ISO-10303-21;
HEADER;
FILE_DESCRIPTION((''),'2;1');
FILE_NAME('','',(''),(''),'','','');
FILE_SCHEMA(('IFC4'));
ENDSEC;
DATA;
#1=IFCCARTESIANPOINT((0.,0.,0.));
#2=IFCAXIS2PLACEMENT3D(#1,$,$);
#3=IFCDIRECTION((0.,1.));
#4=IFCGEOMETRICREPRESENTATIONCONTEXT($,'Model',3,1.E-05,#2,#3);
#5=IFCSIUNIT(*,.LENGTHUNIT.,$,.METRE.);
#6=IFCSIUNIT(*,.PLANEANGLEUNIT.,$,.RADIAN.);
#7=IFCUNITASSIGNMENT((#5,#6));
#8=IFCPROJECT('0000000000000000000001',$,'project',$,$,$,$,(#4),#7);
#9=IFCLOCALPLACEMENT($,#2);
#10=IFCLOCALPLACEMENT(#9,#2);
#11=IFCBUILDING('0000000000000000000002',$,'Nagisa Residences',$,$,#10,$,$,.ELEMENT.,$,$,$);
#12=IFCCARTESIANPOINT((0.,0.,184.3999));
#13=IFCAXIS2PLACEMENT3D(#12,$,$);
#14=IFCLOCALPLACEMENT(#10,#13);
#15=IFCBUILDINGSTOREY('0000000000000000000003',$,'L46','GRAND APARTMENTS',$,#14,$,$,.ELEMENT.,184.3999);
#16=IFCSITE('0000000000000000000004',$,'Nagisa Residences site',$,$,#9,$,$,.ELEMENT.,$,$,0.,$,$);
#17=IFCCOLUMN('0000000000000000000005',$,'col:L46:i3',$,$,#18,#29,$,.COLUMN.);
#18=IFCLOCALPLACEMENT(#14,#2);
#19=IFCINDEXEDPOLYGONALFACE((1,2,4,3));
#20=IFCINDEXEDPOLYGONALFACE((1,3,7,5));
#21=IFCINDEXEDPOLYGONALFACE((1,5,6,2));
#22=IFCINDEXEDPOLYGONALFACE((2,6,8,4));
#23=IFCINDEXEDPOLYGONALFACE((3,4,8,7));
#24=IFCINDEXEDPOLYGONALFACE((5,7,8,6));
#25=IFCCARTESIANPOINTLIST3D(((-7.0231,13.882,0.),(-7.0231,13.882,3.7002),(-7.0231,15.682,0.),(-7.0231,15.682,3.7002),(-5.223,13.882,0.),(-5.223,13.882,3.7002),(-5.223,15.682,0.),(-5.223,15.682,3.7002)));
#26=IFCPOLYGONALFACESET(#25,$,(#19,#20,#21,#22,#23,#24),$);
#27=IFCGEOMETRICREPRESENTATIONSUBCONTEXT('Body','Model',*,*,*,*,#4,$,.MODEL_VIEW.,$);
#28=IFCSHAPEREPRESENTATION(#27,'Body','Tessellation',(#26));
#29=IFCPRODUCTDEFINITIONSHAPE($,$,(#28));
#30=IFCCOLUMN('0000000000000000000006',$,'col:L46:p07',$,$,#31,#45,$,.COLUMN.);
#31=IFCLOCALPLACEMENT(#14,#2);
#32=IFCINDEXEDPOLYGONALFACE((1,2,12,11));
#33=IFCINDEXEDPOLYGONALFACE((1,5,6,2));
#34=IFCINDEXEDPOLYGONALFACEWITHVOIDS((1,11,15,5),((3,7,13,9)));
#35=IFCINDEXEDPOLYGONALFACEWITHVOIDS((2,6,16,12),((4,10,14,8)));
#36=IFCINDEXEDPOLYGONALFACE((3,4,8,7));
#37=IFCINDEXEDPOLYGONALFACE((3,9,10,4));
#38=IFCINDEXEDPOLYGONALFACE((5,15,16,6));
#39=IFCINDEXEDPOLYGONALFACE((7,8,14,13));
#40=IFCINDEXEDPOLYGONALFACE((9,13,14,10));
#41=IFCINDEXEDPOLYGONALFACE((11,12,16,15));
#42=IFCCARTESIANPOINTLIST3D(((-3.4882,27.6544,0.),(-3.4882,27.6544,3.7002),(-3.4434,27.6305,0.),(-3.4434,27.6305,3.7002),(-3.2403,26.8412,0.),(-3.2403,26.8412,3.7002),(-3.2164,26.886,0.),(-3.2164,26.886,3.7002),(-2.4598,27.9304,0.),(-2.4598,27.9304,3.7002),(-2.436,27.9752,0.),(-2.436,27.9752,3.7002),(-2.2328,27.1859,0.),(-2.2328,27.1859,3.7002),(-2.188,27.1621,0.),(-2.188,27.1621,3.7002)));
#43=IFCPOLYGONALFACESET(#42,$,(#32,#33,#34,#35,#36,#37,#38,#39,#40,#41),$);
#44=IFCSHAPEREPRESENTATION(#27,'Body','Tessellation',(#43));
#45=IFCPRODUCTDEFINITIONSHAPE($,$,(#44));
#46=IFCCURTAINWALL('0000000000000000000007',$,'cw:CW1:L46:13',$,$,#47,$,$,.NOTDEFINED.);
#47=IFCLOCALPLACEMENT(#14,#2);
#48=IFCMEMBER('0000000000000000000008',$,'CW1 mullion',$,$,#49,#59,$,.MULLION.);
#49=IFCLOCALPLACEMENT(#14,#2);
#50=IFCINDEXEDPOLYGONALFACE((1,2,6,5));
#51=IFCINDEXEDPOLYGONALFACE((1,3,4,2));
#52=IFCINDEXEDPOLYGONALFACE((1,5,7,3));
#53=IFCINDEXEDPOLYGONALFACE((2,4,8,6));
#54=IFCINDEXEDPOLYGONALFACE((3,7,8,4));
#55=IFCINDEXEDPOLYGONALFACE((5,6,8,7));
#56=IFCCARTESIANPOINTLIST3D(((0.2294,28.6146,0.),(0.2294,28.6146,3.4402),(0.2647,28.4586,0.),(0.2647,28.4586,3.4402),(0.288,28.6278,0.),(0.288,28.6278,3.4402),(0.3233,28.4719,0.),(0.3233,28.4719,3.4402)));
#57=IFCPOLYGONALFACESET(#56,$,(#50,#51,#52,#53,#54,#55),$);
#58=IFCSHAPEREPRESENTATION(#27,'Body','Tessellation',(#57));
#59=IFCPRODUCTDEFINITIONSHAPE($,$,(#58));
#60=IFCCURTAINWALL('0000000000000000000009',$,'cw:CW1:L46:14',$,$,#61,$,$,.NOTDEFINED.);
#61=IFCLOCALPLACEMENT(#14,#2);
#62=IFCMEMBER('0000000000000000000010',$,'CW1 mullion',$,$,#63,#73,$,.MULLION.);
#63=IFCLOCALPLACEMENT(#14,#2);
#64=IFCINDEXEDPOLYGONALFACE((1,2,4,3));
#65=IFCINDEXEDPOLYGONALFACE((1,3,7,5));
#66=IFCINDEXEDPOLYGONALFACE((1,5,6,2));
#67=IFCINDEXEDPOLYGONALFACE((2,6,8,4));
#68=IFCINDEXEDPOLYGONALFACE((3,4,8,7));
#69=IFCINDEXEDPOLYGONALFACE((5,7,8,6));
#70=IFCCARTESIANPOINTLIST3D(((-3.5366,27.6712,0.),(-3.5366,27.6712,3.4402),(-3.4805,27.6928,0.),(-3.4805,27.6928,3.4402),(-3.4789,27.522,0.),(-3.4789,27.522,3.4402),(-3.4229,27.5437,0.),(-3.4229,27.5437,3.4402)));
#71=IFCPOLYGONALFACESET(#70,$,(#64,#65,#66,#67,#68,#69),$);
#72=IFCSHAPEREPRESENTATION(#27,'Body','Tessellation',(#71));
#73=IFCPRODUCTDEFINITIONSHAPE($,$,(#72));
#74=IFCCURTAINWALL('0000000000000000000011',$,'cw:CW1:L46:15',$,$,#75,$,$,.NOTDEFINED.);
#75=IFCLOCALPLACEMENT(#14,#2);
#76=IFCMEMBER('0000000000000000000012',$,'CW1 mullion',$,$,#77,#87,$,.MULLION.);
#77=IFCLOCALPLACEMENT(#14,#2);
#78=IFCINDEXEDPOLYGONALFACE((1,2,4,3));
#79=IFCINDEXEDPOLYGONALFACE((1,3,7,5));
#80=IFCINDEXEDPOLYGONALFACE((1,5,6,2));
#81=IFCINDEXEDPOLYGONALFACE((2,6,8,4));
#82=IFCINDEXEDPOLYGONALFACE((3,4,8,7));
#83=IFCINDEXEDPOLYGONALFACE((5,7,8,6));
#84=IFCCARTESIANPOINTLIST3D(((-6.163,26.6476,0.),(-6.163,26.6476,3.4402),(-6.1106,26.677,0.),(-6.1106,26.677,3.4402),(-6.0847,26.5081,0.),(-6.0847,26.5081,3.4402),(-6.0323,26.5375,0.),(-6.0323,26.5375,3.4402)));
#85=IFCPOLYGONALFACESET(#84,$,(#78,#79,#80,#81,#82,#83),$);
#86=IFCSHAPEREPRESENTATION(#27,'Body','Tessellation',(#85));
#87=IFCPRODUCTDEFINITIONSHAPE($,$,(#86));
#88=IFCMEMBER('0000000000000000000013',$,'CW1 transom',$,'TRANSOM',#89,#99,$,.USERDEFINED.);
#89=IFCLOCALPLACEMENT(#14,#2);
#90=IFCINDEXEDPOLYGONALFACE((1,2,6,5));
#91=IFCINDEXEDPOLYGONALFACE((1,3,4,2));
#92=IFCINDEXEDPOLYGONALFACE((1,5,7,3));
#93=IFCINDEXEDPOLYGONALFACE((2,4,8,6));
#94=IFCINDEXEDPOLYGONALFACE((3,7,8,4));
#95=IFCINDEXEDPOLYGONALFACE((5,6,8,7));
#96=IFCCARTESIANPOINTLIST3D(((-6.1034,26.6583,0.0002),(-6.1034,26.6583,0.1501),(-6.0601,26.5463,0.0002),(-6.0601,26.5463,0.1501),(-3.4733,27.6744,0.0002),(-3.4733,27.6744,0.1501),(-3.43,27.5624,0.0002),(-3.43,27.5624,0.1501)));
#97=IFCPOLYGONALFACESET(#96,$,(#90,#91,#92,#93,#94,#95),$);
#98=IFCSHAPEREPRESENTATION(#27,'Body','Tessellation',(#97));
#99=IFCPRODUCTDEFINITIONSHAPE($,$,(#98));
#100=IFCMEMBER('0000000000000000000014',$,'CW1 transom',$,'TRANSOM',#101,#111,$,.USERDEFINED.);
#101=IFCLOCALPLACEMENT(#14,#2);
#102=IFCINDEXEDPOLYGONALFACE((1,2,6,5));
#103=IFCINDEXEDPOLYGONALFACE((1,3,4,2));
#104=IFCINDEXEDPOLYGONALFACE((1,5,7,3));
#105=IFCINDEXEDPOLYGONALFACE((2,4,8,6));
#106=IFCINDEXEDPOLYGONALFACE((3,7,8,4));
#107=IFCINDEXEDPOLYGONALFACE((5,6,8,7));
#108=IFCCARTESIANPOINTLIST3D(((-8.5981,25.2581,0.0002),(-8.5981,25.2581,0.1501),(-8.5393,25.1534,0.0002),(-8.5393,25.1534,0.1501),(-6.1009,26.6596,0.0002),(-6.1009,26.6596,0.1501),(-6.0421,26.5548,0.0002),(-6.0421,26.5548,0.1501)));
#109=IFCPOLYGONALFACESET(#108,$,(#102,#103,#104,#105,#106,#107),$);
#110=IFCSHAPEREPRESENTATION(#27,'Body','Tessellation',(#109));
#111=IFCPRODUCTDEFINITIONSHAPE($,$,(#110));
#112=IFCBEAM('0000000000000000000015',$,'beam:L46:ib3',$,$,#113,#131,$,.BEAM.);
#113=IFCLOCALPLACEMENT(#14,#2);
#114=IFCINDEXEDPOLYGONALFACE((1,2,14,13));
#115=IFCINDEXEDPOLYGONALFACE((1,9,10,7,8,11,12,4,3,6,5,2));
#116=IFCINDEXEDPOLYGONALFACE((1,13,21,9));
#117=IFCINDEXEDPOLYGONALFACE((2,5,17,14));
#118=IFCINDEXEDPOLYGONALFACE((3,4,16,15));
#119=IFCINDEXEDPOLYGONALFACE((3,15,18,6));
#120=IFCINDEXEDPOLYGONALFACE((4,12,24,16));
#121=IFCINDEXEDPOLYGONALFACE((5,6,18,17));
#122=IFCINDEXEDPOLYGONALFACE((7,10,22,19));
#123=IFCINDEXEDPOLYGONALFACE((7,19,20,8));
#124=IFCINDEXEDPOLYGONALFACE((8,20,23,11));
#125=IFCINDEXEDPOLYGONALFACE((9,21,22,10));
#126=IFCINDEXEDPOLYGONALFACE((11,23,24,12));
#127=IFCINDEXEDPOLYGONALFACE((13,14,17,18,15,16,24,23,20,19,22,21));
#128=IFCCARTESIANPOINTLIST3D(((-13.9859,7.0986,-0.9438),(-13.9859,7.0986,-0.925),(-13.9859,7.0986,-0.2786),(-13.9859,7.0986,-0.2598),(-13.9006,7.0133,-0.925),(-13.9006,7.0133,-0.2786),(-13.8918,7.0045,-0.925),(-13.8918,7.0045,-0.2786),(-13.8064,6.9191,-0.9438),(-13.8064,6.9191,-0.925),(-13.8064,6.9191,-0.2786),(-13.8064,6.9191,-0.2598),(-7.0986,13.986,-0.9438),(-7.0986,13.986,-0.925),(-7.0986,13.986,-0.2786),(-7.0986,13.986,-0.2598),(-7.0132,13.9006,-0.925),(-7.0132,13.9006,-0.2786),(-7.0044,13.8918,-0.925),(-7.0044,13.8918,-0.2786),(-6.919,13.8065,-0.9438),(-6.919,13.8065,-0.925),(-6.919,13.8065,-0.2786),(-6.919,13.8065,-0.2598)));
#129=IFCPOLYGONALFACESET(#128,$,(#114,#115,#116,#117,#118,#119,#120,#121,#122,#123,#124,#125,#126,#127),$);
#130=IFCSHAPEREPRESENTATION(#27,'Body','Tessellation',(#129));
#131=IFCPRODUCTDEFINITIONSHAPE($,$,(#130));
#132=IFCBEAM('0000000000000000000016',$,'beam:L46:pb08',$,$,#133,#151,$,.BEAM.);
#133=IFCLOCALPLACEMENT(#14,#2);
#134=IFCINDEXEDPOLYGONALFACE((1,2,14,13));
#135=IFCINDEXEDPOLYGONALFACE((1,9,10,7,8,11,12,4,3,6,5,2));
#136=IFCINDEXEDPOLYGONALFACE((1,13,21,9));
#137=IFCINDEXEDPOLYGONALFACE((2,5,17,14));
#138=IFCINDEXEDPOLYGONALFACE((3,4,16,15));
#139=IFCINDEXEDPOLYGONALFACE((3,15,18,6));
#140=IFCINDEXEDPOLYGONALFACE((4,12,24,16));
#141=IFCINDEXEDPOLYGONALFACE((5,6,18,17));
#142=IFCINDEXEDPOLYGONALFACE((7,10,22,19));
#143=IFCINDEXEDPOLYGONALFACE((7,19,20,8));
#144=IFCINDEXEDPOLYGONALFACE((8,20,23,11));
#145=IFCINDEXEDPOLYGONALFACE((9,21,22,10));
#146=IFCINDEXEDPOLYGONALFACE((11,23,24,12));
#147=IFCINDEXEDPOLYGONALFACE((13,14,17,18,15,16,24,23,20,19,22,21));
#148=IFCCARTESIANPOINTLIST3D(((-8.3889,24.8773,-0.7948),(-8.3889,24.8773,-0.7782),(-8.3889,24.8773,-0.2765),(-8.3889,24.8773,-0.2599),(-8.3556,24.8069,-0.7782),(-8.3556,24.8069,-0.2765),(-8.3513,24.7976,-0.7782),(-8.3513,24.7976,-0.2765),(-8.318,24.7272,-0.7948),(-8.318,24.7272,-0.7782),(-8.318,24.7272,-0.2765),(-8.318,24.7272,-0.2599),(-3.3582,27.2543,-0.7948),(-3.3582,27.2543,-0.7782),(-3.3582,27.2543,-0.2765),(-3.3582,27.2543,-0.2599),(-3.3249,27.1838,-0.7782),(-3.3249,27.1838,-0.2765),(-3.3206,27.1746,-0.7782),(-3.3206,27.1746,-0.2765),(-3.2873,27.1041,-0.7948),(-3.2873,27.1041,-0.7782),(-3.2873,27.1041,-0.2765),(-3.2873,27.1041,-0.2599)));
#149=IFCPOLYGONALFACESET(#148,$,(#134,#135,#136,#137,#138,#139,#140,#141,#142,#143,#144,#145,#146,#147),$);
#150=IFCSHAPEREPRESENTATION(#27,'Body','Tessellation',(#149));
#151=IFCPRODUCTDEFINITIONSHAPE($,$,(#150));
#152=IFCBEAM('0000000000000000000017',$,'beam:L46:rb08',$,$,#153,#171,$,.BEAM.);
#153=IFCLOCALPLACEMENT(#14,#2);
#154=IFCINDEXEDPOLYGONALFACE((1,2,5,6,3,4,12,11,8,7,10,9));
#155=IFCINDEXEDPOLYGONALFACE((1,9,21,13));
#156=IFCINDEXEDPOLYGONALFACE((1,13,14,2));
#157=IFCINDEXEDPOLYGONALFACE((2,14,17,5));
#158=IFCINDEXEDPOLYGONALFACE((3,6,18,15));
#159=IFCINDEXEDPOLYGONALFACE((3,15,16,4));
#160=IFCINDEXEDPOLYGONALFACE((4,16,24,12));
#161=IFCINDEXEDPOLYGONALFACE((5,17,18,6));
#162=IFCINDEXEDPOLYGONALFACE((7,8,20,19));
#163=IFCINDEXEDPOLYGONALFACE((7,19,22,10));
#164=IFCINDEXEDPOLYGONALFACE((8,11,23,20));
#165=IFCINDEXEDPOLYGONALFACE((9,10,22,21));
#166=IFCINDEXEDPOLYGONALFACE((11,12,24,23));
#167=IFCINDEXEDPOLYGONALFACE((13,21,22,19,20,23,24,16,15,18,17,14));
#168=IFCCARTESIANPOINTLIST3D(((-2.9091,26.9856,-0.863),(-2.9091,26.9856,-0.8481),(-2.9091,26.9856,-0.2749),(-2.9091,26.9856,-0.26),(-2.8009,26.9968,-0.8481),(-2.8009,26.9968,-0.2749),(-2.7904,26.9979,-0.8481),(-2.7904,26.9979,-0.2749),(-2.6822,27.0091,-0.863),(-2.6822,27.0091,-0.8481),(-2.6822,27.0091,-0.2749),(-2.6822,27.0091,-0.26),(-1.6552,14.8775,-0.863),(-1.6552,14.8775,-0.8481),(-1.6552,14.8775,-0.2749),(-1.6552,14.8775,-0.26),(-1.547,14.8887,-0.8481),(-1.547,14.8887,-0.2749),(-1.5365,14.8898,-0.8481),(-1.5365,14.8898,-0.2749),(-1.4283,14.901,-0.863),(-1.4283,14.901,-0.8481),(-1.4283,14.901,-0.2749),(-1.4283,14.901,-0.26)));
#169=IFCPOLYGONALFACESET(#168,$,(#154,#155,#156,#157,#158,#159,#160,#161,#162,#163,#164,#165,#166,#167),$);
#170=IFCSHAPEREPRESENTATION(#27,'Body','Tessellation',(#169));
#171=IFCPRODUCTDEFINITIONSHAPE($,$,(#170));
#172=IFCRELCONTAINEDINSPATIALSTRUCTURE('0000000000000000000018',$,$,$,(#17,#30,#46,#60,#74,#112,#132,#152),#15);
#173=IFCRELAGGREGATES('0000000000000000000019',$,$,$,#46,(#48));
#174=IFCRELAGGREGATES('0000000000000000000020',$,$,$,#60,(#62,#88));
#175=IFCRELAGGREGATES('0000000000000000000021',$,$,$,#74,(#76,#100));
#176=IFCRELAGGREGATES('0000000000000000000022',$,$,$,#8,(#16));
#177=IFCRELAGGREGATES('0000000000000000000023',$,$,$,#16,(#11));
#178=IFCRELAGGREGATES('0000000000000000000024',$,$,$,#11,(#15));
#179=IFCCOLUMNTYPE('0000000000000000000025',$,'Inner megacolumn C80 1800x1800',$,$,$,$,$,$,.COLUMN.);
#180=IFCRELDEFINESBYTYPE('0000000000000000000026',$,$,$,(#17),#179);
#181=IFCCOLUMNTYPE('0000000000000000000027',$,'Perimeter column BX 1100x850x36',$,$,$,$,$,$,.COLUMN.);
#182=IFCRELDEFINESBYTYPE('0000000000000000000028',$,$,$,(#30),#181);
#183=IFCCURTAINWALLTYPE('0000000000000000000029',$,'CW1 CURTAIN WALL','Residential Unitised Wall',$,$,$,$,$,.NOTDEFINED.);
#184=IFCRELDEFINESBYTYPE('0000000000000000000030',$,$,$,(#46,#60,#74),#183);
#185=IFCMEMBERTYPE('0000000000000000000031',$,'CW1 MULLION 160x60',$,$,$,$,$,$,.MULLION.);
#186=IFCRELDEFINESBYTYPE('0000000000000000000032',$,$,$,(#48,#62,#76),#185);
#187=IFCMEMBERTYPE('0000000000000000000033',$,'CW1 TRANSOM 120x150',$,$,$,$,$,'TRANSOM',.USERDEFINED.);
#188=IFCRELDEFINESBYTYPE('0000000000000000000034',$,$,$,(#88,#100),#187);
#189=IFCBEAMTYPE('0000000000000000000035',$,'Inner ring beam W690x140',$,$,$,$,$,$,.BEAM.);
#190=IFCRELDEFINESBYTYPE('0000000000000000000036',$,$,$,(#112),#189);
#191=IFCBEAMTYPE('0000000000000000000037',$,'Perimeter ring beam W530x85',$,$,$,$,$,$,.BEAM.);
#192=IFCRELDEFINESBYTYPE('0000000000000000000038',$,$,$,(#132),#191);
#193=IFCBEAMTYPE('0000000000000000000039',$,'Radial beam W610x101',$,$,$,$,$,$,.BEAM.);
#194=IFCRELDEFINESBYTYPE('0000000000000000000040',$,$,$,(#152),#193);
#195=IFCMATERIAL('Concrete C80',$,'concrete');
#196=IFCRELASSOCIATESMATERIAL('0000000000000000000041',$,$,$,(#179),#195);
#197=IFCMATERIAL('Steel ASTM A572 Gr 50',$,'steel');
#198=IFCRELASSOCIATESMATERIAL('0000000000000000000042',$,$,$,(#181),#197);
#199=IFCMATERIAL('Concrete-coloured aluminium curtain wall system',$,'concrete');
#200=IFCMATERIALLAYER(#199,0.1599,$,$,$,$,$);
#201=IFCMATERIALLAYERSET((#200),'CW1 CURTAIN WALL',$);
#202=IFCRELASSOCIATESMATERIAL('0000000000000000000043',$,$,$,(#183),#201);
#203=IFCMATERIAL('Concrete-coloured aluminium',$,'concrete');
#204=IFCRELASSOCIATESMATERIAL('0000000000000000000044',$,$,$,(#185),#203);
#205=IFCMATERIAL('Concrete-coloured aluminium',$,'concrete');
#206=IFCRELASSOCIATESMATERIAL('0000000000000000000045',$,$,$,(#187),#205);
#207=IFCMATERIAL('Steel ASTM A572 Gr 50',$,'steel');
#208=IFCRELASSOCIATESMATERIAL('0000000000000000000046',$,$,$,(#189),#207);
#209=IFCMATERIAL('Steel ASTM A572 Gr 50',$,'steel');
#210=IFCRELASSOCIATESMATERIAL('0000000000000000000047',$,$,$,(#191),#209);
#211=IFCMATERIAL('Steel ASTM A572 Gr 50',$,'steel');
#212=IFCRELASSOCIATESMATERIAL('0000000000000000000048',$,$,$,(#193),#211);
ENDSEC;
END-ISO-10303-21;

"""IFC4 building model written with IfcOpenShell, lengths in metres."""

from ifc_helpers import new_model, si_unit, direction, frame, origin, origin_2d, place, context, subcontext, project, spatial, rectangle, hollow_rectangle, i_section, extrude, material, layer, layer_set, material_profile, profile_set, type_object, element, aggregate, save


model = new_model("IFC4")

# Units and contexts
model_context = context("Model", 3, precision=1e-05, world=origin(), true_north=direction((0.0, 1.0)))
body_context = subcontext(model_context, "Body", "Model", "MODEL_VIEW")
ifc_project = project(units=[si_unit("LENGTHUNIT", "METRE"), si_unit("PLANEANGLEUNIT", "RADIAN")], contexts=[model_context])

# Site, building, storey
site_placement = place(None, origin())
site = spatial("IfcSite", under=ifc_project, at=site_placement, Name="Nagisa Residences site", CompositionType="ELEMENT", RefElevation=0.0)
building_placement = place(site_placement, origin())
building = spatial("IfcBuilding", under=site, at=building_placement, Name="Nagisa Residences", CompositionType="ELEMENT")
storey_placement = place(building_placement, frame((0.0, 0.0, 184.3999)))
storey = spatial("IfcBuildingStorey", under=building, at=storey_placement, Name="L46", Description="GRAND APARTMENTS", CompositionType="ELEMENT", Elevation=184.3999)

# Columns
ifc_material_1 = material(Name="Concrete C80", Category="concrete")
ifc_material_profile_1 = material_profile(ifc_material_1, rectangle(XDim=1.8, YDim=1.8, at=origin_2d()), Name="C80 1800x1800")
ifc_profile_set_1 = profile_set([ifc_material_profile_1], Name="Concrete C80")
column_type_1 = type_object("IfcColumnType", Name="Inner megacolumn C80 1800x1800", PredefinedType="COLUMN", material=ifc_profile_set_1)
column_1_placement = place(storey_placement, frame((-6.123, 14.782, 0.0), z_axis=(0.0, 0.0, 1.0), x_axis=(1.0, 0.0, 0.0)))
element("IfcColumn", 1, at=column_1_placement, inside=storey, type_object=column_type_1, Name="col:L46:i3", PredefinedType="COLUMN", context=body_context, shape_type="SweptSolid", body=[
    extrude(rectangle(XDim=1.8, YDim=1.8, at=origin_2d()), origin(), (0.0, 0.0, 1.0), 3.7002),
])
ifc_material_2 = material(Name="Steel ASTM A572 Gr 50", Category="steel")
ifc_material_profile_2 = material_profile(ifc_material_2, hollow_rectangle(XDim=1.1001, YDim=0.8501, WallThickness=0.0359, at=origin_2d()), Name="BX 1100x850x36")
ifc_profile_set_2 = profile_set([ifc_material_profile_2], Name="Steel ASTM A572 Gr 50")
column_type_2 = type_object("IfcColumnType", Name="Perimeter column BX 1100x850x36", PredefinedType="COLUMN", material=ifc_profile_set_2)
column_2_placement = place(storey_placement, frame((-2.8381, 27.4082, 0.0), z_axis=(0.0, 0.0, 1.0), x_axis=(-0.956525, -0.291652, 0.0)))
element("IfcColumn", 2, at=column_2_placement, inside=storey, type_object=column_type_2, Name="col:L46:p07", PredefinedType="COLUMN", context=body_context, shape_type="SweptSolid", body=[
    extrude(hollow_rectangle(XDim=1.1001, YDim=0.8501, WallThickness=0.0359, at=origin_2d()), origin(), (0.0, 0.0, 1.0), 3.7002),
])

# Curtain walls, members
ifc_material_3 = material(Name="Concrete-coloured aluminium curtain wall system", Category="concrete")
ifc_layer_1 = layer(ifc_material_3, 0.1599)
ifc_layer_set_1 = layer_set([ifc_layer_1], Name="CW1 CURTAIN WALL")
curtain_wall_type = type_object("IfcCurtainWallType", Name="CW1 CURTAIN WALL", Description="Residential Unitised Wall", PredefinedType="NOTDEFINED", material=ifc_layer_set_1)
curtain_wall_1_placement = place(storey_placement, origin())
curtain_wall_1 = element("IfcCurtainWall", 3, at=curtain_wall_1_placement, inside=storey, type_object=curtain_wall_type, Name="cw:CW1:L46:13", PredefinedType="NOTDEFINED")
ifc_material_4 = material(Name="Concrete-coloured aluminium", Category="concrete")
ifc_material_profile_3 = material_profile(ifc_material_4, rectangle(XDim=0.1599, YDim=0.0601, at=origin_2d()), Name="CW1 MULLION 160x60")
ifc_profile_set_3 = profile_set([ifc_material_profile_3], Name="Concrete-coloured aluminium")
member_type_1 = type_object("IfcMemberType", Name="CW1 MULLION 160x60", PredefinedType="MULLION", material=ifc_profile_set_3)
member_1_placement = place(storey_placement, frame((0.2764, 28.5432, 0.0), z_axis=(0.0, 0.0, 1.0), x_axis=(0.220764, -0.975327, 0.0)))
member_1 = element("IfcMember", 4, at=member_1_placement, type_object=member_type_1, Name="CW1 mullion", PredefinedType="MULLION", context=body_context, shape_type="SweptSolid", body=[
    extrude(rectangle(XDim=0.1599, YDim=0.0601, at=origin_2d()), origin(), (0.0, 0.0, 1.0), 3.4402),
])
curtain_wall_2_placement = place(storey_placement, origin())
curtain_wall_2 = element("IfcCurtainWall", 5, at=curtain_wall_2_placement, inside=storey, type_object=curtain_wall_type, Name="cw:CW1:L46:14", PredefinedType="NOTDEFINED")
member_2_placement = place(storey_placement, frame((-3.4797, 27.6074, 0.0), z_axis=(0.0, 0.0, 1.0), x_axis=(0.360328, -0.932826, 0.0)))
member_2 = element("IfcMember", 6, at=member_2_placement, type_object=member_type_1, Name="CW1 mullion", PredefinedType="MULLION", context=body_context, shape_type="SweptSolid", body=[
    extrude(rectangle(XDim=0.1599, YDim=0.0601, at=origin_2d()), origin(), (0.0, 0.0, 1.0), 3.4402),
])
curtain_wall_3_placement = place(storey_placement, origin())
curtain_wall_3 = element("IfcCurtainWall", 7, at=curtain_wall_3_placement, inside=storey, type_object=curtain_wall_type, Name="cw:CW1:L46:15", PredefinedType="NOTDEFINED")
member_3_placement = place(storey_placement, frame((-6.0977, 26.5925, 0.0), z_axis=(0.0, 0.0, 1.0), x_axis=(0.489377, -0.872072, 0.0)))
member_3 = element("IfcMember", 8, at=member_3_placement, type_object=member_type_1, Name="CW1 mullion", PredefinedType="MULLION", context=body_context, shape_type="SweptSolid", body=[
    extrude(rectangle(XDim=0.1599, YDim=0.0601, at=origin_2d()), origin(), (0.0, 0.0, 1.0), 3.4402),
])

# Members
ifc_material_5 = material(Name="Concrete-coloured aluminium", Category="concrete")
ifc_material_profile_4 = material_profile(ifc_material_5, rectangle(XDim=0.1201, YDim=0.1499, at=origin_2d()), Name="CW1 TRANSOM 120x150")
ifc_profile_set_4 = profile_set([ifc_material_profile_4], Name="Concrete-coloured aluminium")
member_type_2 = type_object("IfcMemberType", Name="CW1 TRANSOM 120x150", ElementType="TRANSOM", PredefinedType="USERDEFINED", material=ifc_profile_set_4)
member_4_placement = place(storey_placement, frame((-3.4517, 27.6184, 0.0752), z_axis=(-0.932807, -0.360377, 0.0), x_axis=(0.360377, -0.932807, 0.0)))
member_4 = element("IfcMember", 9, at=member_4_placement, type_object=member_type_2, Name="CW1 transom", ObjectType="TRANSOM", PredefinedType="USERDEFINED", context=body_context, shape_type="SweptSolid", body=[
    extrude(rectangle(XDim=0.1201, YDim=0.1499, at=origin_2d()), origin(), (0.0, 0.0, 1.0), 2.8196),
])
member_5_placement = place(storey_placement, frame((-6.0715, 26.6072, 0.0752), z_axis=(-0.872058, -0.489403, 0.0), x_axis=(0.489403, -0.872058, 0.0)))
member_5 = element("IfcMember", 10, at=member_5_placement, type_object=member_type_2, Name="CW1 transom", ObjectType="TRANSOM", PredefinedType="USERDEFINED", context=body_context, shape_type="SweptSolid", body=[
    extrude(rectangle(XDim=0.1201, YDim=0.1499, at=origin_2d()), origin(), (0.0, 0.0, 1.0), 2.8635),
])

# Beams
ifc_material_6 = material(Name="Steel ASTM A572 Gr 50", Category="steel")
ifc_material_profile_5 = material_profile(ifc_material_6, i_section(OverallWidth=0.2539, OverallDepth=0.6841, WebThickness=0.0125, FlangeThickness=0.0188, at=origin_2d()), Name="W690x140")
ifc_profile_set_5 = profile_set([ifc_material_profile_5], Name="Steel ASTM A572 Gr 50")
beam_type_1 = type_object("IfcBeamType", Name="Inner ring beam W690x140", PredefinedType="BEAM", material=ifc_profile_set_5)
beam_1_placement = place(storey_placement, frame((-7.0088, 13.8962, -0.6018), z_axis=(-0.707107, -0.707107, 0.0), x_axis=(0.707107, -0.707107, 0.0)))
element("IfcBeam", 11, at=beam_1_placement, inside=storey, type_object=beam_type_1, Name="beam:L46:ib3", PredefinedType="BEAM", context=body_context, shape_type="SweptSolid", body=[
    extrude(i_section(OverallWidth=0.2539, OverallDepth=0.6841, WebThickness=0.0125, FlangeThickness=0.0188, at=origin_2d()), origin(), (0.0, 0.0, 1.0), 9.7402),
])
ifc_material_7 = material(Name="Steel ASTM A572 Gr 50", Category="steel")
ifc_material_profile_6 = material_profile(ifc_material_7, i_section(OverallWidth=0.166, OverallDepth=0.5349, WebThickness=0.0103, FlangeThickness=0.0166, at=origin_2d()), Name="W530x85")
ifc_profile_set_6 = profile_set([ifc_material_profile_6], Name="Steel ASTM A572 Gr 50")
beam_type_2 = type_object("IfcBeamType", Name="Perimeter ring beam W530x85", PredefinedType="BEAM", material=ifc_profile_set_6)
beam_2_placement = place(storey_placement, frame((-3.3228, 27.1792, -0.5273), z_axis=(-0.904157, -0.4272, 0.0), x_axis=(0.4272, -0.904157, 0.0)))
element("IfcBeam", 12, at=beam_2_placement, inside=storey, type_object=beam_type_2, Name="beam:L46:pb08", PredefinedType="BEAM", context=body_context, shape_type="SweptSolid", body=[
    extrude(i_section(OverallWidth=0.166, OverallDepth=0.5349, WebThickness=0.0103, FlangeThickness=0.0166, at=origin_2d()), origin(), (0.0, 0.0, 1.0), 5.564),
])
ifc_material_8 = material(Name="Steel ASTM A572 Gr 50", Category="steel")
ifc_material_profile_7 = material_profile(ifc_material_8, i_section(OverallWidth=0.228, OverallDepth=0.603, WebThickness=0.0105, FlangeThickness=0.0149, at=origin_2d()), Name="W610x101")
ifc_profile_set_7 = profile_set([ifc_material_profile_7], Name="Steel ASTM A572 Gr 50")
beam_type_3 = type_object("IfcBeamType", Name="Radial beam W610x101", PredefinedType="BEAM", material=ifc_profile_set_7)
beam_3_placement = place(storey_placement, frame((-2.7957, 26.9973, -0.5615), z_axis=(0.103008, -0.994681, 0.0), x_axis=(0.994681, 0.103008, 0.0)))
element("IfcBeam", 13, at=beam_3_placement, inside=storey, type_object=beam_type_3, Name="beam:L46:rb08", PredefinedType="BEAM", context=body_context, shape_type="SweptSolid", body=[
    extrude(i_section(OverallWidth=0.228, OverallDepth=0.603, WebThickness=0.0105, FlangeThickness=0.0149, at=origin_2d()), origin(), (0.0, 0.0, 1.0), 12.1729),
])

aggregate(curtain_wall_1, [member_1])
aggregate(curtain_wall_2, [member_2, member_4])
aggregate(curtain_wall_3, [member_3, member_5])

save(model, "model.ifc")
